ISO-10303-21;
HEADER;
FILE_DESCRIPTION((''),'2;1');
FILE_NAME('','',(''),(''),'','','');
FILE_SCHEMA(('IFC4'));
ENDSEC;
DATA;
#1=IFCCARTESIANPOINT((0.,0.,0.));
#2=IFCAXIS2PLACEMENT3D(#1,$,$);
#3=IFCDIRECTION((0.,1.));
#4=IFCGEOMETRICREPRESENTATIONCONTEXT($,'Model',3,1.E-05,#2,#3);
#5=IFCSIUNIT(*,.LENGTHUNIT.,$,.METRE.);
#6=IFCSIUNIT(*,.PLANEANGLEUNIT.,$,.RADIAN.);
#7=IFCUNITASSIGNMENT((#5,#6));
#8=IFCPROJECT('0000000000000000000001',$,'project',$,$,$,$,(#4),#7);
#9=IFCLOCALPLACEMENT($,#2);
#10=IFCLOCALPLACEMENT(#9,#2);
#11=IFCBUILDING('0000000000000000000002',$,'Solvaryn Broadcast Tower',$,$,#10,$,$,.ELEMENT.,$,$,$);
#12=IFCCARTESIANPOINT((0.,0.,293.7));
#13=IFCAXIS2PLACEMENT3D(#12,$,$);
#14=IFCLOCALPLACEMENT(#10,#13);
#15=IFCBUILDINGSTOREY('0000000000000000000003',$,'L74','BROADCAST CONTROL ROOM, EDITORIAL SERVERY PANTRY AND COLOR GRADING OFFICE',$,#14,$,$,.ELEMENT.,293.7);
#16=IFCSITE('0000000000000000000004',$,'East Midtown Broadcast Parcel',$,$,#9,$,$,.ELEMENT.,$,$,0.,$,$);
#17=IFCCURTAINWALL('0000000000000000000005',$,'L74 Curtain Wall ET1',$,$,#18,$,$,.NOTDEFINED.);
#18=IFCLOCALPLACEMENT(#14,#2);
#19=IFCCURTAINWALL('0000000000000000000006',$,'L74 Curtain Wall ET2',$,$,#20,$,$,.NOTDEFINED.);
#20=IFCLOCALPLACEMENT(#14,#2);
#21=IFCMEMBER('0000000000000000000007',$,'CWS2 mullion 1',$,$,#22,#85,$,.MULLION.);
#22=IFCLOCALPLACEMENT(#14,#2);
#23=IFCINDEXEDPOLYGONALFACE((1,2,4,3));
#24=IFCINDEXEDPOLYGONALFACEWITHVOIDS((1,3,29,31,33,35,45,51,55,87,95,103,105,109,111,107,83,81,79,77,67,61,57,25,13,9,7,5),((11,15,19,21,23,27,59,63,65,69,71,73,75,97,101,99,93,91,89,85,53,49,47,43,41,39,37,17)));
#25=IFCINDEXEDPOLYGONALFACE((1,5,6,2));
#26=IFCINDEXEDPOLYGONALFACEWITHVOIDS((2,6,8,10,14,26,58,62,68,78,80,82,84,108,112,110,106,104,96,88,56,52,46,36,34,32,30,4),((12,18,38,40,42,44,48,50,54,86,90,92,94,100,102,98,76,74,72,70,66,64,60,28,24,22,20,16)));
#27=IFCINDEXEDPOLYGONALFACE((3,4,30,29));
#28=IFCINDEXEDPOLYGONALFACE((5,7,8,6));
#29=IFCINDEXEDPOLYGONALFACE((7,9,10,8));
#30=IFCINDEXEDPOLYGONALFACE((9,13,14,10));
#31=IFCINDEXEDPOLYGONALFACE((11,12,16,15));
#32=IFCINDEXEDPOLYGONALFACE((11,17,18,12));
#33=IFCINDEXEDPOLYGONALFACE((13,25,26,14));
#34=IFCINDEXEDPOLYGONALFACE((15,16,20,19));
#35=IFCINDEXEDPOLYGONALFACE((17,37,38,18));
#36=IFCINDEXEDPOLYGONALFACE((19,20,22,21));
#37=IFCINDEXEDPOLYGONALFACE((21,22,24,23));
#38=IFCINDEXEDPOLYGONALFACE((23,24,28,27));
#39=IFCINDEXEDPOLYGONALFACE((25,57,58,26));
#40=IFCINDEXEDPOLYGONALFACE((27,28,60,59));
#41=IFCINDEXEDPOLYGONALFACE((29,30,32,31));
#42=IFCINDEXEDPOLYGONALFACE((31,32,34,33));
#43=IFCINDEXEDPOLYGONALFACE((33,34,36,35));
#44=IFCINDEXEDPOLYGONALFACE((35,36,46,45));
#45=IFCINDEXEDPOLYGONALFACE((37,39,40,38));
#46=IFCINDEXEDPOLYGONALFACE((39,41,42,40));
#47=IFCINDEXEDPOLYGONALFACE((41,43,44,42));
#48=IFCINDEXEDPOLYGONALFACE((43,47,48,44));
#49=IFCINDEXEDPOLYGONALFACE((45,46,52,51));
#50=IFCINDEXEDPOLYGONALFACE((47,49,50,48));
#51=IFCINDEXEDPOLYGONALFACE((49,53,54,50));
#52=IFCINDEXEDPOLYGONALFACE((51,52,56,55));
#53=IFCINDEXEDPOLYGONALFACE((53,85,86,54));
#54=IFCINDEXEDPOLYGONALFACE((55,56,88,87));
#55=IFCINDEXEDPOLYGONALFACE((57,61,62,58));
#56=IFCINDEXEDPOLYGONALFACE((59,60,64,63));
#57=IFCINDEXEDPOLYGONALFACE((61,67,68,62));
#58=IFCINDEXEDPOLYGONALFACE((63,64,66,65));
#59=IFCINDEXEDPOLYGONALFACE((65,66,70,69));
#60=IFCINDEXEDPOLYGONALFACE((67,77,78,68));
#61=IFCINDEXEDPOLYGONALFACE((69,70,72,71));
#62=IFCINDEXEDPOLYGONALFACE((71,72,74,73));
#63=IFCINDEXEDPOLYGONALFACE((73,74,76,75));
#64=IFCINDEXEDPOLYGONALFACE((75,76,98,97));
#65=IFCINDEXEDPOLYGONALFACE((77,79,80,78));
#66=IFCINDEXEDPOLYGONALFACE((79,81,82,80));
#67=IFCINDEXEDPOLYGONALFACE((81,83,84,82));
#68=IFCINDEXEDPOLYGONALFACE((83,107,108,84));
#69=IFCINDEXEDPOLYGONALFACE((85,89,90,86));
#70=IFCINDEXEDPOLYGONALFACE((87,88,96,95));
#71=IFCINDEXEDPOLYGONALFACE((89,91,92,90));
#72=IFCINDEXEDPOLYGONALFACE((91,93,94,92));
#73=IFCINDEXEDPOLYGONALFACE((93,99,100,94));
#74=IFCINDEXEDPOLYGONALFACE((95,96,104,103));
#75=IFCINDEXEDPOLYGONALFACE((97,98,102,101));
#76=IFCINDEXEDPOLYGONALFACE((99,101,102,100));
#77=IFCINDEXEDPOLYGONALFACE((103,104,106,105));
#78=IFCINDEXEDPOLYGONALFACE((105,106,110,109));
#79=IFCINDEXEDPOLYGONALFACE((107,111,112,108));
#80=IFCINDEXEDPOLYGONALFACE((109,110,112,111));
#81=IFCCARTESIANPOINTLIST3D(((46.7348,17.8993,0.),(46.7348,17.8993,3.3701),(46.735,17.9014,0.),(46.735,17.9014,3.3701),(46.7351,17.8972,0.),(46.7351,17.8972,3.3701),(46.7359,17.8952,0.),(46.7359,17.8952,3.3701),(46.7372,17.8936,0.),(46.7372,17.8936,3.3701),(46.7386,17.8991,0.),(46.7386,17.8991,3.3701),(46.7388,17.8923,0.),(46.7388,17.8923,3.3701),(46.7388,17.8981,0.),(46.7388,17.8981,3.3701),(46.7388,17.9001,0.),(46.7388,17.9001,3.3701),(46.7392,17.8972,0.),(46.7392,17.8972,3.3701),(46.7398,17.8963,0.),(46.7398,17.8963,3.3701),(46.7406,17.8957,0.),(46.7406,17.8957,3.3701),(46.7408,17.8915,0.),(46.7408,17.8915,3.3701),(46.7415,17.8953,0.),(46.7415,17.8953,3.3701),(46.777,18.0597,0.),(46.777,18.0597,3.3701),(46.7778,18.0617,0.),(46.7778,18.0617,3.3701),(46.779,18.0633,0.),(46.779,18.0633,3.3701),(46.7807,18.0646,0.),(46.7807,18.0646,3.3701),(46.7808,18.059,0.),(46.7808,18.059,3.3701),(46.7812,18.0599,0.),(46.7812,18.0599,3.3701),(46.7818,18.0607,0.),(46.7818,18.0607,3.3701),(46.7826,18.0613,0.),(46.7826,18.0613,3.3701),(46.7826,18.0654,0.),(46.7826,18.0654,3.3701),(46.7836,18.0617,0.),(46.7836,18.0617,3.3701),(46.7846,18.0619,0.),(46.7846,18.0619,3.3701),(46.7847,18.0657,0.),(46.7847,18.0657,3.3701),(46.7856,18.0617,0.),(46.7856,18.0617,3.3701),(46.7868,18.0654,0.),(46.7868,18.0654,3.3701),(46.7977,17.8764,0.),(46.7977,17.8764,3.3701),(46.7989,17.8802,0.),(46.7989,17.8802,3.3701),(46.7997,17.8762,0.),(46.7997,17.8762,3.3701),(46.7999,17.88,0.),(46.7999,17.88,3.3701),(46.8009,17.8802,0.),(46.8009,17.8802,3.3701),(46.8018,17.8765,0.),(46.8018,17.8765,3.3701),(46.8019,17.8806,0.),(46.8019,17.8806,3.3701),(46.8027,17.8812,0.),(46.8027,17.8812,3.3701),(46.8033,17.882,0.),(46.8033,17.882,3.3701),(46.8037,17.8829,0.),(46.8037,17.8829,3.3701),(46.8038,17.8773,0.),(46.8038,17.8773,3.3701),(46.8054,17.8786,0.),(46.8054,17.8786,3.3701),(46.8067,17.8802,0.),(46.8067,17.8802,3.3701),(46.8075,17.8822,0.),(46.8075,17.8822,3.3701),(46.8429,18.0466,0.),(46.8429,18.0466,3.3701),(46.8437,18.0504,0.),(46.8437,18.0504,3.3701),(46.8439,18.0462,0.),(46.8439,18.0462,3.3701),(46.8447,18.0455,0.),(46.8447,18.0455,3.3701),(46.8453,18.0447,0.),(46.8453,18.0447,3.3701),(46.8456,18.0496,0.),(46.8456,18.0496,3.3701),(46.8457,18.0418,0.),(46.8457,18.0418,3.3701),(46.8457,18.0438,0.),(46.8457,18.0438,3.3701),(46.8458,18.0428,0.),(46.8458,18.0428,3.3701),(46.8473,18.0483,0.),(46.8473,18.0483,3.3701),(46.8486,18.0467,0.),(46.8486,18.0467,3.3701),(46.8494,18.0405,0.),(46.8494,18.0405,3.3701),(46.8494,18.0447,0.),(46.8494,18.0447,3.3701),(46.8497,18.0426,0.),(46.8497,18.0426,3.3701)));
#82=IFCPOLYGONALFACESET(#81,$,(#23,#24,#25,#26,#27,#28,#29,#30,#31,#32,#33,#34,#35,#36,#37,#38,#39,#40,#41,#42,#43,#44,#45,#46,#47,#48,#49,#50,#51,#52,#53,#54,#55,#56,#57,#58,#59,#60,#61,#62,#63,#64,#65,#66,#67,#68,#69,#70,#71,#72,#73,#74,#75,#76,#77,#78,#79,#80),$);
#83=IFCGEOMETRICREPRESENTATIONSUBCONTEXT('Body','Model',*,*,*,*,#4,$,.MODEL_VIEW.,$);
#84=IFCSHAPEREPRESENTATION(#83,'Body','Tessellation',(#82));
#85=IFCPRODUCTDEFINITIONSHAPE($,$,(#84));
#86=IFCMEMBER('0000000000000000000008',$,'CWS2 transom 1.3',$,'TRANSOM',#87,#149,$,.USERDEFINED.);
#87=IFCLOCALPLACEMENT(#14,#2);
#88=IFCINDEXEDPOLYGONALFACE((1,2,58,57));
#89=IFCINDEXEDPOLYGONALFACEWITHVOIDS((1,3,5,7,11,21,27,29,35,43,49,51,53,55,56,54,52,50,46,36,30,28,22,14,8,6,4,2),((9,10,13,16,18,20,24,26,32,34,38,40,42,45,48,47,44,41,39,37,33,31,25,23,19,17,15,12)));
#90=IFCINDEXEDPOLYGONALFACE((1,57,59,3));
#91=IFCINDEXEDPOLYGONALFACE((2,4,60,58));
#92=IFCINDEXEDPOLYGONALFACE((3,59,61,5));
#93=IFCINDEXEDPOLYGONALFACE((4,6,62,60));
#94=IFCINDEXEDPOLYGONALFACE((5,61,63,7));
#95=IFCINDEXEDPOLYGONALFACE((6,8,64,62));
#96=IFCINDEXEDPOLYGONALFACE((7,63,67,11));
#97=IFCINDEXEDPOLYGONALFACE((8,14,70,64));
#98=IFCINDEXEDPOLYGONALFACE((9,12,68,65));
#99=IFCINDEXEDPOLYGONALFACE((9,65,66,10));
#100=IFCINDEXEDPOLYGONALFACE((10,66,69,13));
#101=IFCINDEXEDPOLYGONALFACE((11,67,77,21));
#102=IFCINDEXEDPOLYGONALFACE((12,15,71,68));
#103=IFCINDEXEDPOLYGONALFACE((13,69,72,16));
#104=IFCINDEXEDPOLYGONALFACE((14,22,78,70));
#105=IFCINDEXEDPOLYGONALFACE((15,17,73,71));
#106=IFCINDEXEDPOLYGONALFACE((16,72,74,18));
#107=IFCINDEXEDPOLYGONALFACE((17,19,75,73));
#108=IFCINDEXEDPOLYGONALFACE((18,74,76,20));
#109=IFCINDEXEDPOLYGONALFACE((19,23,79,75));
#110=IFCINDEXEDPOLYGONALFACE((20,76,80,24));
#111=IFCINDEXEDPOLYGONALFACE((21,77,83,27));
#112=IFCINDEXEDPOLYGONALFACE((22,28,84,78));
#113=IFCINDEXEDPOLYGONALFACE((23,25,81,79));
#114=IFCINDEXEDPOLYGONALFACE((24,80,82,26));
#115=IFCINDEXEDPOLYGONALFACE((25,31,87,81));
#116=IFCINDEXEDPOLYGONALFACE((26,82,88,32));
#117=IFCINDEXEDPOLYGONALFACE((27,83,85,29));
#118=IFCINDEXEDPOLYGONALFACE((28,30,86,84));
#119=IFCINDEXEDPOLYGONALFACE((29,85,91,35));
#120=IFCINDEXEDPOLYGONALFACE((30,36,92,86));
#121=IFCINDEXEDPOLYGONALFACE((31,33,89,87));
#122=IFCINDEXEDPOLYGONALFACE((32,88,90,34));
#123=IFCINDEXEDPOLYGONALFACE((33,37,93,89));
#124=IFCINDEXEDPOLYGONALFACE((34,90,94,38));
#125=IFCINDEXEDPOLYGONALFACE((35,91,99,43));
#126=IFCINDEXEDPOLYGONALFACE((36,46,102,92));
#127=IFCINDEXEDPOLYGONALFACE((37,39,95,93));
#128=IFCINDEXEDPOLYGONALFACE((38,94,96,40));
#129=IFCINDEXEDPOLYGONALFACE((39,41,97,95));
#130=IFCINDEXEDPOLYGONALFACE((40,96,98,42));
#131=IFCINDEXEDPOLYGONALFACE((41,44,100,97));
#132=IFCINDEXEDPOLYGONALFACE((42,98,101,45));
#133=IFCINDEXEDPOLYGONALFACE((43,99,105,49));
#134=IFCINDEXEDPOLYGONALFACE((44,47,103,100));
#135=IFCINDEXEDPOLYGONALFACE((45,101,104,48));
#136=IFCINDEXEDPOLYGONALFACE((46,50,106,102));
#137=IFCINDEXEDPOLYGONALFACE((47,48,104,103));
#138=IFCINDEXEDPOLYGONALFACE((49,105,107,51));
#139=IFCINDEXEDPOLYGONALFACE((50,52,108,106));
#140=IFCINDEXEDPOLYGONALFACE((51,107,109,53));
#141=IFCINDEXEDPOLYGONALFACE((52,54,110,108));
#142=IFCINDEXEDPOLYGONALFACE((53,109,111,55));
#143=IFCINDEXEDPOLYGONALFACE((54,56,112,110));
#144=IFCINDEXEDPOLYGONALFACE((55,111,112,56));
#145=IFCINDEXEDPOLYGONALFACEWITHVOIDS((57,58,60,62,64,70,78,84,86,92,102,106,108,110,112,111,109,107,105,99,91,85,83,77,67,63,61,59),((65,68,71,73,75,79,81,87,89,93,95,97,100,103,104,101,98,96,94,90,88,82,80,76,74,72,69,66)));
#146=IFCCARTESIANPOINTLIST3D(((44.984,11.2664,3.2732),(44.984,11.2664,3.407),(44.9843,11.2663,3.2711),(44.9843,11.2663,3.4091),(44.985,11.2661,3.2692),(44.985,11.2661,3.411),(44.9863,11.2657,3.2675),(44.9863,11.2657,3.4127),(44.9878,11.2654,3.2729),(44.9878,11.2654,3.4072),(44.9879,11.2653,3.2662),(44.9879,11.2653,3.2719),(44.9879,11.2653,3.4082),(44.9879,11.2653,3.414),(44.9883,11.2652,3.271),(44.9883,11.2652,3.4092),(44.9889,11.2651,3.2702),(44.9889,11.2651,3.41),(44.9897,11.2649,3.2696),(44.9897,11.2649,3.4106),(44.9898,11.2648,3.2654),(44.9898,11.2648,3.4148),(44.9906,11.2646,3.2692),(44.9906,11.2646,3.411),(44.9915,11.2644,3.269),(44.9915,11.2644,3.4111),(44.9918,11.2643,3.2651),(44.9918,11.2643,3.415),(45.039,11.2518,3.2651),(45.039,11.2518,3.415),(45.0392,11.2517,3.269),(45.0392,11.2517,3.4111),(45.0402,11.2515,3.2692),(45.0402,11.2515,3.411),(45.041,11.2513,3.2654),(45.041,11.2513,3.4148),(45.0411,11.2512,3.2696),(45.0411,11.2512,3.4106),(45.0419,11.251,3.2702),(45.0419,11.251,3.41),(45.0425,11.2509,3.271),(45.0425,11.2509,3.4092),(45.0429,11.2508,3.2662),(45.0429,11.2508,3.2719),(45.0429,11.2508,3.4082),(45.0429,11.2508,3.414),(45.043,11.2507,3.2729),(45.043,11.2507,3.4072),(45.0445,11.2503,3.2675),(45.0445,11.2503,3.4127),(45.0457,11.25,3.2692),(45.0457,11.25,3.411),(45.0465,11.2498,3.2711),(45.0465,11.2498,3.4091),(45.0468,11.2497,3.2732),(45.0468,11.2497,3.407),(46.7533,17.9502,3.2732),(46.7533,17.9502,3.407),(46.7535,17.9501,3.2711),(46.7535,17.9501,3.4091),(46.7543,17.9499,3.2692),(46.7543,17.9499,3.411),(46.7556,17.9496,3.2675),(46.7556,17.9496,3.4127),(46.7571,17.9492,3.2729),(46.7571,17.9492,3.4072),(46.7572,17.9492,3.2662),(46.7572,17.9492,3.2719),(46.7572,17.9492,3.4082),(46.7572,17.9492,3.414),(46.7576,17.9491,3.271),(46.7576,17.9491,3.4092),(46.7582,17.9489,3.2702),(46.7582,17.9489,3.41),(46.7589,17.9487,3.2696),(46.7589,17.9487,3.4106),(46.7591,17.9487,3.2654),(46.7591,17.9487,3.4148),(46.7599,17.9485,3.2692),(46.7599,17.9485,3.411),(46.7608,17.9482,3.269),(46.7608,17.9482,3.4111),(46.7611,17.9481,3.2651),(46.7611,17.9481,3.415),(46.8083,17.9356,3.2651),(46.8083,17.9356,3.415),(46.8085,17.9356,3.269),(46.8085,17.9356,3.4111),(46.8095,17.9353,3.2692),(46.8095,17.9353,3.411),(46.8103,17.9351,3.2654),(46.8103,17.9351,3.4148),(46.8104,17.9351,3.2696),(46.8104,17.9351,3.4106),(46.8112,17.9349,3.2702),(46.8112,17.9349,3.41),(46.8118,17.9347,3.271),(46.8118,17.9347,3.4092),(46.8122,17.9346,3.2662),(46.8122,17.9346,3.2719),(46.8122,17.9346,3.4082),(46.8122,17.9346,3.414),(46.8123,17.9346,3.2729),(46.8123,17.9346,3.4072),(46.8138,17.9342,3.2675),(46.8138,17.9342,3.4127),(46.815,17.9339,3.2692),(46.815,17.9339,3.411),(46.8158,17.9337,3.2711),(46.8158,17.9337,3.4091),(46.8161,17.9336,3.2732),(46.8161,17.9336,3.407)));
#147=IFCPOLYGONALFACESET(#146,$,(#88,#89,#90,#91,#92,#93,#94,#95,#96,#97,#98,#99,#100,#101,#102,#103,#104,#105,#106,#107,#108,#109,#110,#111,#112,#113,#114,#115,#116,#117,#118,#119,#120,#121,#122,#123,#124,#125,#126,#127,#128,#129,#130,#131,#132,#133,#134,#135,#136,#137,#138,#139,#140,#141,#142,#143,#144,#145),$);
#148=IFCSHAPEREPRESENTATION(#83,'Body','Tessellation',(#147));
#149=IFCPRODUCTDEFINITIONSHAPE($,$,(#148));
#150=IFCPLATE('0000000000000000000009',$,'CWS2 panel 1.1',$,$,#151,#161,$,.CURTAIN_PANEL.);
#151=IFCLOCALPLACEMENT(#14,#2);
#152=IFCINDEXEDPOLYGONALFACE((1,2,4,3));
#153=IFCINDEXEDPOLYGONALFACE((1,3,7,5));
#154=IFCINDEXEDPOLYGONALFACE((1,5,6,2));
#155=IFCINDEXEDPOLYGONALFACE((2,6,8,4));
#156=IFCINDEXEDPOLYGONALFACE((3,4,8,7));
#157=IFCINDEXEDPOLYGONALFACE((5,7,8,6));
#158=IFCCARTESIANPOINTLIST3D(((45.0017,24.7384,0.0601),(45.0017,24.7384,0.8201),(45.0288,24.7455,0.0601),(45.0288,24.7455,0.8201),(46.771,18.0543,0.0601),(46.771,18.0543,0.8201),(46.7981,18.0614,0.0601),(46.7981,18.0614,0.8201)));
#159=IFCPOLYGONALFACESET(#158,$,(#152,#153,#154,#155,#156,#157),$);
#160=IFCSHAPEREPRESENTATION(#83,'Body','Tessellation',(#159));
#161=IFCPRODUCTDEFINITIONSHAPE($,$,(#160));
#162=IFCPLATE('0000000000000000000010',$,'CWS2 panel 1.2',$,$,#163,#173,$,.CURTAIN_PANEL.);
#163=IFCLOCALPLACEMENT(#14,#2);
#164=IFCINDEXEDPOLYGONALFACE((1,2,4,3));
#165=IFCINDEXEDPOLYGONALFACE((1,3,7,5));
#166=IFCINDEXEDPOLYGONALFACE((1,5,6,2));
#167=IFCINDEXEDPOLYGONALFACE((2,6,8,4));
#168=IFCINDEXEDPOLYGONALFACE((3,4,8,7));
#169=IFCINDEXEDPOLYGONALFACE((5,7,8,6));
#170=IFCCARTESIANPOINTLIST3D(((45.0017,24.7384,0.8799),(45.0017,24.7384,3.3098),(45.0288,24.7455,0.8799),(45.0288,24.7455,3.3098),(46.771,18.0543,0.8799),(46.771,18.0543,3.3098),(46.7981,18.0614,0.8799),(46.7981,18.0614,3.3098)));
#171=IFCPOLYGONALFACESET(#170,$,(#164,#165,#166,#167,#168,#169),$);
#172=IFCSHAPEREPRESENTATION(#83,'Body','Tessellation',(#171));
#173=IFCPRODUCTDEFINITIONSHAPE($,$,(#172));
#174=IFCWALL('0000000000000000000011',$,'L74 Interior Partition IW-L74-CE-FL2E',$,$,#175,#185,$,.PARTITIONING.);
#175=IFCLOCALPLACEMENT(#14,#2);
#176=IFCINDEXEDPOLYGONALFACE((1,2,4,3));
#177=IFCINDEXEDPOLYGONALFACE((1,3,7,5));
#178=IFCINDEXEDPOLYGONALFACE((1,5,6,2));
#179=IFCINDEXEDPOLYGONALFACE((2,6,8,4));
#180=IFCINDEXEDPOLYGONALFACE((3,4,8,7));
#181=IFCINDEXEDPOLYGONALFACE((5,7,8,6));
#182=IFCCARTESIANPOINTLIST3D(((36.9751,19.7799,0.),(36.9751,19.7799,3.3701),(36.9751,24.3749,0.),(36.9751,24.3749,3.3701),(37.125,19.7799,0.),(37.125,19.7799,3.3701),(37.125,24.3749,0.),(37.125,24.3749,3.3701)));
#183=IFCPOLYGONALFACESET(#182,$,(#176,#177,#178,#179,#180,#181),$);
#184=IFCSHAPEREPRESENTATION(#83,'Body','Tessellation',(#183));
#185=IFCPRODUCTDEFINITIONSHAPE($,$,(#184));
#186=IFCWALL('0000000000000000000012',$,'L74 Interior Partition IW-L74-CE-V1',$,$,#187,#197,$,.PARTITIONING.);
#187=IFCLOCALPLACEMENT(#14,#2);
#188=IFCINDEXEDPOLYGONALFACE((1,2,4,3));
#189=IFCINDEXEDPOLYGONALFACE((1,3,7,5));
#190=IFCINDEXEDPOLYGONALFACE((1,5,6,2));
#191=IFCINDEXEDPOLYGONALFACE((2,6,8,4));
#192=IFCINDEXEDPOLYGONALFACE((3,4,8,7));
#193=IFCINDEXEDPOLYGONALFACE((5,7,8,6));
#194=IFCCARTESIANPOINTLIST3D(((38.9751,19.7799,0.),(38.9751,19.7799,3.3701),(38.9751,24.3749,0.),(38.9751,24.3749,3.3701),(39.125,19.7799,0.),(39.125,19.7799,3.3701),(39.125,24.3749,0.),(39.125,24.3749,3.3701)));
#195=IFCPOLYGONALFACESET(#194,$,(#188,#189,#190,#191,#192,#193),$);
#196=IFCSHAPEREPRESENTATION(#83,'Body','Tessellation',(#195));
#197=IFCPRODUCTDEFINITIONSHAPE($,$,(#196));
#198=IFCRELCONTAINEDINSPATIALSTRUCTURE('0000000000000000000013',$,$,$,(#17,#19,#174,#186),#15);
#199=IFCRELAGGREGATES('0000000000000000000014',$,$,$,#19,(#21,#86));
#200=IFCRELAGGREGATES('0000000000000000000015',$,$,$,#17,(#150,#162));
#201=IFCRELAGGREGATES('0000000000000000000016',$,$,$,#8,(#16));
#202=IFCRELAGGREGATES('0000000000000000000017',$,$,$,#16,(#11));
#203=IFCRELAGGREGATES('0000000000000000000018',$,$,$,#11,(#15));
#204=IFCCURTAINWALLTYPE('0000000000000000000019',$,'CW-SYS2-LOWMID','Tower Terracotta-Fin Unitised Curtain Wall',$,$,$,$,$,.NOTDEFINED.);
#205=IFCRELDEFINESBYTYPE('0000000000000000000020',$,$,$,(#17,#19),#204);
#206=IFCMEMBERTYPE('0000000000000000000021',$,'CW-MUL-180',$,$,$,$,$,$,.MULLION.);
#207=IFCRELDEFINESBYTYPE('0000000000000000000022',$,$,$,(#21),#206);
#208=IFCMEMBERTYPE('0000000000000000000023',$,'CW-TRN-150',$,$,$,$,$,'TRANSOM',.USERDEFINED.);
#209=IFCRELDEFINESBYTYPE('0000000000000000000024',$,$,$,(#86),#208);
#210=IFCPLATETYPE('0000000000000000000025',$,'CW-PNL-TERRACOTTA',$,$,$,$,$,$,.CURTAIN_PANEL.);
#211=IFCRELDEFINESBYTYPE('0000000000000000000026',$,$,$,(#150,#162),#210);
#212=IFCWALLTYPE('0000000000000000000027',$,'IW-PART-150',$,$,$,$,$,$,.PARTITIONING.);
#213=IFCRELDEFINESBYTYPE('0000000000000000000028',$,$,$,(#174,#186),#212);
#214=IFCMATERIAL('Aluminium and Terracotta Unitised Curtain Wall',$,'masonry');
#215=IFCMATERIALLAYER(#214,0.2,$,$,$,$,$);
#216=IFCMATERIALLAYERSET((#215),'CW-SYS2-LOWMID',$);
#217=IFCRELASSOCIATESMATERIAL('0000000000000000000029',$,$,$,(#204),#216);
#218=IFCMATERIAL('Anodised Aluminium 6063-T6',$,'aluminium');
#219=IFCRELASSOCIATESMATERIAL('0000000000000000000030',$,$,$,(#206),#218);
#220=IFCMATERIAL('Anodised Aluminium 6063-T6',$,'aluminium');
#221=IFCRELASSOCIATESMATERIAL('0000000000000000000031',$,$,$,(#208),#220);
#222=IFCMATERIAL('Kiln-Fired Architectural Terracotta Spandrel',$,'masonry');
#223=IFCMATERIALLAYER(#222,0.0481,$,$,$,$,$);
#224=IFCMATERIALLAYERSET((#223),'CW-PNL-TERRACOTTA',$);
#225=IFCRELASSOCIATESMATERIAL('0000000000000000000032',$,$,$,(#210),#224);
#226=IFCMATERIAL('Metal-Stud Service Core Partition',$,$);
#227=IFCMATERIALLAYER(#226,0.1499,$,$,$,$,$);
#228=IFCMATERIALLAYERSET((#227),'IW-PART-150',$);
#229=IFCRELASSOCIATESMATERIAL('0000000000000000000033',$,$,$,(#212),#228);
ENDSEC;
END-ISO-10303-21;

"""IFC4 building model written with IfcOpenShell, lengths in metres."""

from ifc_helpers import new_model, si_unit, direction, frame, frame_2d, origin, origin_2d, place, context, subcontext, project, spatial, rectangle, hollow_rectangle, extrude, material, layer, layer_set, material_profile, profile_set, type_object, element, aggregate, save


model = new_model("IFC4")

# Units and contexts
model_context = context("Model", 3, precision=1e-05, world=origin(), true_north=direction((0.0, 1.0)))
body_context = subcontext(model_context, "Body", "Model", "MODEL_VIEW")
ifc_project = project(units=[si_unit("LENGTHUNIT", "METRE"), si_unit("PLANEANGLEUNIT", "RADIAN")], contexts=[model_context])

# Site, building, storey
site_placement = place(None, origin())
site = spatial("IfcSite", under=ifc_project, at=site_placement, Name="East Midtown Broadcast Parcel", CompositionType="ELEMENT", RefElevation=0.0)
building_placement = place(site_placement, origin())
building = spatial("IfcBuilding", under=site, at=building_placement, Name="Solvaryn Broadcast Tower", CompositionType="ELEMENT")
storey_placement = place(building_placement, frame((0.0, 0.0, 293.7)))
storey = spatial("IfcBuildingStorey", under=building, at=storey_placement, Name="L74", Description="BROADCAST CONTROL ROOM, EDITORIAL SERVERY PANTRY AND COLOR GRADING OFFICE", CompositionType="ELEMENT", Elevation=293.7)

# Curtain wall
ifc_material_1 = material(Name="Aluminium and Terracotta Unitised Curtain Wall", Category="masonry")
ifc_layer_1 = layer(ifc_material_1, 0.2)
ifc_layer_set_1 = layer_set([ifc_layer_1], Name="CW-SYS2-LOWMID")
curtain_wall_type = type_object("IfcCurtainWallType", Name="CW-SYS2-LOWMID", Description="Tower Terracotta-Fin Unitised Curtain Wall", PredefinedType="NOTDEFINED", material=ifc_layer_set_1)
curtain_wall_1_placement = place(storey_placement, origin())
curtain_wall_1 = element("IfcCurtainWall", 1, at=curtain_wall_1_placement, inside=storey, type_object=curtain_wall_type, Name="L74 Curtain Wall ET1", PredefinedType="NOTDEFINED")
ifc_material_2 = material(Name="Anodised Aluminium 6063-T6", Category="aluminium")
ifc_material_profile_1 = material_profile(ifc_material_2, hollow_rectangle(XDim=0.075, YDim=0.1799, WallThickness=0.0039, InnerFilletRadius=0.0039, OuterFilletRadius=0.0081, at=origin_2d()))
ifc_profile_set_1 = profile_set([ifc_material_profile_1], Name="Anodised Aluminium 6063-T6")
member_type_1 = type_object("IfcMemberType", Name="CW-MUL-180", PredefinedType="MULLION", material=ifc_profile_set_1)

# Curtain wall, members
curtain_wall_2_placement = place(storey_placement, origin())
curtain_wall_2 = element("IfcCurtainWall", 2, at=curtain_wall_2_placement, inside=storey, type_object=curtain_wall_type, Name="L74 Curtain Wall ET2", PredefinedType="NOTDEFINED")
member_1_placement = place(storey_placement, frame((46.7922, 17.9709, 0.0), z_axis=(0.0, 0.0, 1.0), x_axis=(0.966705, -0.255893, 0.0)))
member_1 = element("IfcMember", 3, at=member_1_placement, type_object=member_type_1, Name="CWS2 mullion 1", PredefinedType="MULLION", context=body_context, shape_type="SweptSolid", body=[
    extrude(hollow_rectangle(XDim=0.075, YDim=0.1799, WallThickness=0.0039, InnerFilletRadius=0.0039, OuterFilletRadius=0.0081, at=origin_2d()), origin(), (0.0, 0.0, 1.0), 3.3701),
])
ifc_material_3 = material(Name="Anodised Aluminium 6063-T6", Category="aluminium")
ifc_material_profile_2 = material_profile(ifc_material_3, hollow_rectangle(XDim=0.0649, YDim=0.1499, WallThickness=0.0039, InnerFilletRadius=0.0039, OuterFilletRadius=0.0081, at=origin_2d()))
ifc_profile_set_2 = profile_set([ifc_material_profile_2], Name="Anodised Aluminium 6063-T6")
member_type_2 = type_object("IfcMemberType", Name="CW-TRN-150", ElementType="TRANSOM", PredefinedType="USERDEFINED", material=ifc_profile_set_2)
member_2_placement = place(storey_placement, frame((46.7847, 17.9419, 3.3401), z_axis=(-0.255897, -0.966704, 0.0), x_axis=(0.966704, -0.255897, 0.0)))
member_2 = element("IfcMember", 4, at=member_2_placement, type_object=member_type_2, Name="CWS2 transom 1.3", ObjectType="TRANSOM", PredefinedType="USERDEFINED", context=body_context, shape_type="SweptSolid", body=[
    extrude(hollow_rectangle(XDim=0.0649, YDim=0.1499, WallThickness=0.0039, InnerFilletRadius=0.0039, OuterFilletRadius=0.0081, at=origin_2d()), origin(), (0.0, 0.0, 1.0), 6.9141),
])
aggregate(curtain_wall_2, [member_1, member_2])

# Plates
ifc_material_4 = material(Name="Kiln-Fired Architectural Terracotta Spandrel", Category="masonry")
ifc_layer_2 = layer(ifc_material_4, 0.0481)
ifc_layer_set_2 = layer_set([ifc_layer_2], Name="CW-PNL-TERRACOTTA")
plate_type = type_object("IfcPlateType", Name="CW-PNL-TERRACOTTA", PredefinedType="CURTAIN_PANEL", material=ifc_layer_set_2)
plate_1_placement = place(storey_placement, frame((45.8999, 21.3999, 0.0601), z_axis=(0.0, 0.0, 1.0), x_axis=(0.255893, -0.966705, 0.0)))
plate_1 = element("IfcPlate", 5, at=plate_1_placement, type_object=plate_type, Name="CWS2 panel 1.1", PredefinedType="CURTAIN_PANEL", context=body_context, shape_type="SweptSolid", body=[
    extrude(rectangle(XDim=6.9143, YDim=0.0281, at=origin_2d()), origin(), (0.0, 0.0, 1.0), 0.76),
])
plate_2_placement = place(storey_placement, frame((45.8999, 21.3999, 0.8799), z_axis=(0.0, 0.0, 1.0), x_axis=(0.255893, -0.966705, 0.0)))
plate_2 = element("IfcPlate", 6, at=plate_2_placement, type_object=plate_type, Name="CWS2 panel 1.2", PredefinedType="CURTAIN_PANEL", context=body_context, shape_type="SweptSolid", body=[
    extrude(rectangle(XDim=6.9143, YDim=0.0281, at=origin_2d()), origin(), (0.0, 0.0, 1.0), 2.4299),
])
aggregate(curtain_wall_1, [plate_1, plate_2])

# Walls
ifc_material_5 = material(Name="Metal-Stud Service Core Partition")
ifc_layer_3 = layer(ifc_material_5, 0.1499)
ifc_layer_set_3 = layer_set([ifc_layer_3], Name="IW-PART-150")
wall_type_1 = type_object("IfcWallType", Name="IW-PART-150", PredefinedType="PARTITIONING", material=ifc_layer_set_3)
for number, where, z_axis, x_axis, name in (
    (7, (37.05, 19.78, 0.0), (0.0, 0.0, 1.0), (0.0, 1.0, 0.0), "L74 Interior Partition IW-L74-CE-FL2E"),
    (8, (39.05, 19.78, 0.0), (0.0, 0.0, 1.0), (0.0, 1.0, 0.0), "L74 Interior Partition IW-L74-CE-V1"),
):
    element("IfcWall", number, at=place(storey_placement, frame(where, z_axis=z_axis, x_axis=x_axis)), inside=storey, type_object=wall_type_1, Name=name, PredefinedType="PARTITIONING", context=body_context, shape_type="SweptSolid", body=[
        extrude(rectangle(XDim=4.595, YDim=0.1499, at=frame_2d((2.2974, 0.0))), origin(), (0.0, 0.0, 1.0), 3.3701),
    ])

save(model, "model.ifc")
